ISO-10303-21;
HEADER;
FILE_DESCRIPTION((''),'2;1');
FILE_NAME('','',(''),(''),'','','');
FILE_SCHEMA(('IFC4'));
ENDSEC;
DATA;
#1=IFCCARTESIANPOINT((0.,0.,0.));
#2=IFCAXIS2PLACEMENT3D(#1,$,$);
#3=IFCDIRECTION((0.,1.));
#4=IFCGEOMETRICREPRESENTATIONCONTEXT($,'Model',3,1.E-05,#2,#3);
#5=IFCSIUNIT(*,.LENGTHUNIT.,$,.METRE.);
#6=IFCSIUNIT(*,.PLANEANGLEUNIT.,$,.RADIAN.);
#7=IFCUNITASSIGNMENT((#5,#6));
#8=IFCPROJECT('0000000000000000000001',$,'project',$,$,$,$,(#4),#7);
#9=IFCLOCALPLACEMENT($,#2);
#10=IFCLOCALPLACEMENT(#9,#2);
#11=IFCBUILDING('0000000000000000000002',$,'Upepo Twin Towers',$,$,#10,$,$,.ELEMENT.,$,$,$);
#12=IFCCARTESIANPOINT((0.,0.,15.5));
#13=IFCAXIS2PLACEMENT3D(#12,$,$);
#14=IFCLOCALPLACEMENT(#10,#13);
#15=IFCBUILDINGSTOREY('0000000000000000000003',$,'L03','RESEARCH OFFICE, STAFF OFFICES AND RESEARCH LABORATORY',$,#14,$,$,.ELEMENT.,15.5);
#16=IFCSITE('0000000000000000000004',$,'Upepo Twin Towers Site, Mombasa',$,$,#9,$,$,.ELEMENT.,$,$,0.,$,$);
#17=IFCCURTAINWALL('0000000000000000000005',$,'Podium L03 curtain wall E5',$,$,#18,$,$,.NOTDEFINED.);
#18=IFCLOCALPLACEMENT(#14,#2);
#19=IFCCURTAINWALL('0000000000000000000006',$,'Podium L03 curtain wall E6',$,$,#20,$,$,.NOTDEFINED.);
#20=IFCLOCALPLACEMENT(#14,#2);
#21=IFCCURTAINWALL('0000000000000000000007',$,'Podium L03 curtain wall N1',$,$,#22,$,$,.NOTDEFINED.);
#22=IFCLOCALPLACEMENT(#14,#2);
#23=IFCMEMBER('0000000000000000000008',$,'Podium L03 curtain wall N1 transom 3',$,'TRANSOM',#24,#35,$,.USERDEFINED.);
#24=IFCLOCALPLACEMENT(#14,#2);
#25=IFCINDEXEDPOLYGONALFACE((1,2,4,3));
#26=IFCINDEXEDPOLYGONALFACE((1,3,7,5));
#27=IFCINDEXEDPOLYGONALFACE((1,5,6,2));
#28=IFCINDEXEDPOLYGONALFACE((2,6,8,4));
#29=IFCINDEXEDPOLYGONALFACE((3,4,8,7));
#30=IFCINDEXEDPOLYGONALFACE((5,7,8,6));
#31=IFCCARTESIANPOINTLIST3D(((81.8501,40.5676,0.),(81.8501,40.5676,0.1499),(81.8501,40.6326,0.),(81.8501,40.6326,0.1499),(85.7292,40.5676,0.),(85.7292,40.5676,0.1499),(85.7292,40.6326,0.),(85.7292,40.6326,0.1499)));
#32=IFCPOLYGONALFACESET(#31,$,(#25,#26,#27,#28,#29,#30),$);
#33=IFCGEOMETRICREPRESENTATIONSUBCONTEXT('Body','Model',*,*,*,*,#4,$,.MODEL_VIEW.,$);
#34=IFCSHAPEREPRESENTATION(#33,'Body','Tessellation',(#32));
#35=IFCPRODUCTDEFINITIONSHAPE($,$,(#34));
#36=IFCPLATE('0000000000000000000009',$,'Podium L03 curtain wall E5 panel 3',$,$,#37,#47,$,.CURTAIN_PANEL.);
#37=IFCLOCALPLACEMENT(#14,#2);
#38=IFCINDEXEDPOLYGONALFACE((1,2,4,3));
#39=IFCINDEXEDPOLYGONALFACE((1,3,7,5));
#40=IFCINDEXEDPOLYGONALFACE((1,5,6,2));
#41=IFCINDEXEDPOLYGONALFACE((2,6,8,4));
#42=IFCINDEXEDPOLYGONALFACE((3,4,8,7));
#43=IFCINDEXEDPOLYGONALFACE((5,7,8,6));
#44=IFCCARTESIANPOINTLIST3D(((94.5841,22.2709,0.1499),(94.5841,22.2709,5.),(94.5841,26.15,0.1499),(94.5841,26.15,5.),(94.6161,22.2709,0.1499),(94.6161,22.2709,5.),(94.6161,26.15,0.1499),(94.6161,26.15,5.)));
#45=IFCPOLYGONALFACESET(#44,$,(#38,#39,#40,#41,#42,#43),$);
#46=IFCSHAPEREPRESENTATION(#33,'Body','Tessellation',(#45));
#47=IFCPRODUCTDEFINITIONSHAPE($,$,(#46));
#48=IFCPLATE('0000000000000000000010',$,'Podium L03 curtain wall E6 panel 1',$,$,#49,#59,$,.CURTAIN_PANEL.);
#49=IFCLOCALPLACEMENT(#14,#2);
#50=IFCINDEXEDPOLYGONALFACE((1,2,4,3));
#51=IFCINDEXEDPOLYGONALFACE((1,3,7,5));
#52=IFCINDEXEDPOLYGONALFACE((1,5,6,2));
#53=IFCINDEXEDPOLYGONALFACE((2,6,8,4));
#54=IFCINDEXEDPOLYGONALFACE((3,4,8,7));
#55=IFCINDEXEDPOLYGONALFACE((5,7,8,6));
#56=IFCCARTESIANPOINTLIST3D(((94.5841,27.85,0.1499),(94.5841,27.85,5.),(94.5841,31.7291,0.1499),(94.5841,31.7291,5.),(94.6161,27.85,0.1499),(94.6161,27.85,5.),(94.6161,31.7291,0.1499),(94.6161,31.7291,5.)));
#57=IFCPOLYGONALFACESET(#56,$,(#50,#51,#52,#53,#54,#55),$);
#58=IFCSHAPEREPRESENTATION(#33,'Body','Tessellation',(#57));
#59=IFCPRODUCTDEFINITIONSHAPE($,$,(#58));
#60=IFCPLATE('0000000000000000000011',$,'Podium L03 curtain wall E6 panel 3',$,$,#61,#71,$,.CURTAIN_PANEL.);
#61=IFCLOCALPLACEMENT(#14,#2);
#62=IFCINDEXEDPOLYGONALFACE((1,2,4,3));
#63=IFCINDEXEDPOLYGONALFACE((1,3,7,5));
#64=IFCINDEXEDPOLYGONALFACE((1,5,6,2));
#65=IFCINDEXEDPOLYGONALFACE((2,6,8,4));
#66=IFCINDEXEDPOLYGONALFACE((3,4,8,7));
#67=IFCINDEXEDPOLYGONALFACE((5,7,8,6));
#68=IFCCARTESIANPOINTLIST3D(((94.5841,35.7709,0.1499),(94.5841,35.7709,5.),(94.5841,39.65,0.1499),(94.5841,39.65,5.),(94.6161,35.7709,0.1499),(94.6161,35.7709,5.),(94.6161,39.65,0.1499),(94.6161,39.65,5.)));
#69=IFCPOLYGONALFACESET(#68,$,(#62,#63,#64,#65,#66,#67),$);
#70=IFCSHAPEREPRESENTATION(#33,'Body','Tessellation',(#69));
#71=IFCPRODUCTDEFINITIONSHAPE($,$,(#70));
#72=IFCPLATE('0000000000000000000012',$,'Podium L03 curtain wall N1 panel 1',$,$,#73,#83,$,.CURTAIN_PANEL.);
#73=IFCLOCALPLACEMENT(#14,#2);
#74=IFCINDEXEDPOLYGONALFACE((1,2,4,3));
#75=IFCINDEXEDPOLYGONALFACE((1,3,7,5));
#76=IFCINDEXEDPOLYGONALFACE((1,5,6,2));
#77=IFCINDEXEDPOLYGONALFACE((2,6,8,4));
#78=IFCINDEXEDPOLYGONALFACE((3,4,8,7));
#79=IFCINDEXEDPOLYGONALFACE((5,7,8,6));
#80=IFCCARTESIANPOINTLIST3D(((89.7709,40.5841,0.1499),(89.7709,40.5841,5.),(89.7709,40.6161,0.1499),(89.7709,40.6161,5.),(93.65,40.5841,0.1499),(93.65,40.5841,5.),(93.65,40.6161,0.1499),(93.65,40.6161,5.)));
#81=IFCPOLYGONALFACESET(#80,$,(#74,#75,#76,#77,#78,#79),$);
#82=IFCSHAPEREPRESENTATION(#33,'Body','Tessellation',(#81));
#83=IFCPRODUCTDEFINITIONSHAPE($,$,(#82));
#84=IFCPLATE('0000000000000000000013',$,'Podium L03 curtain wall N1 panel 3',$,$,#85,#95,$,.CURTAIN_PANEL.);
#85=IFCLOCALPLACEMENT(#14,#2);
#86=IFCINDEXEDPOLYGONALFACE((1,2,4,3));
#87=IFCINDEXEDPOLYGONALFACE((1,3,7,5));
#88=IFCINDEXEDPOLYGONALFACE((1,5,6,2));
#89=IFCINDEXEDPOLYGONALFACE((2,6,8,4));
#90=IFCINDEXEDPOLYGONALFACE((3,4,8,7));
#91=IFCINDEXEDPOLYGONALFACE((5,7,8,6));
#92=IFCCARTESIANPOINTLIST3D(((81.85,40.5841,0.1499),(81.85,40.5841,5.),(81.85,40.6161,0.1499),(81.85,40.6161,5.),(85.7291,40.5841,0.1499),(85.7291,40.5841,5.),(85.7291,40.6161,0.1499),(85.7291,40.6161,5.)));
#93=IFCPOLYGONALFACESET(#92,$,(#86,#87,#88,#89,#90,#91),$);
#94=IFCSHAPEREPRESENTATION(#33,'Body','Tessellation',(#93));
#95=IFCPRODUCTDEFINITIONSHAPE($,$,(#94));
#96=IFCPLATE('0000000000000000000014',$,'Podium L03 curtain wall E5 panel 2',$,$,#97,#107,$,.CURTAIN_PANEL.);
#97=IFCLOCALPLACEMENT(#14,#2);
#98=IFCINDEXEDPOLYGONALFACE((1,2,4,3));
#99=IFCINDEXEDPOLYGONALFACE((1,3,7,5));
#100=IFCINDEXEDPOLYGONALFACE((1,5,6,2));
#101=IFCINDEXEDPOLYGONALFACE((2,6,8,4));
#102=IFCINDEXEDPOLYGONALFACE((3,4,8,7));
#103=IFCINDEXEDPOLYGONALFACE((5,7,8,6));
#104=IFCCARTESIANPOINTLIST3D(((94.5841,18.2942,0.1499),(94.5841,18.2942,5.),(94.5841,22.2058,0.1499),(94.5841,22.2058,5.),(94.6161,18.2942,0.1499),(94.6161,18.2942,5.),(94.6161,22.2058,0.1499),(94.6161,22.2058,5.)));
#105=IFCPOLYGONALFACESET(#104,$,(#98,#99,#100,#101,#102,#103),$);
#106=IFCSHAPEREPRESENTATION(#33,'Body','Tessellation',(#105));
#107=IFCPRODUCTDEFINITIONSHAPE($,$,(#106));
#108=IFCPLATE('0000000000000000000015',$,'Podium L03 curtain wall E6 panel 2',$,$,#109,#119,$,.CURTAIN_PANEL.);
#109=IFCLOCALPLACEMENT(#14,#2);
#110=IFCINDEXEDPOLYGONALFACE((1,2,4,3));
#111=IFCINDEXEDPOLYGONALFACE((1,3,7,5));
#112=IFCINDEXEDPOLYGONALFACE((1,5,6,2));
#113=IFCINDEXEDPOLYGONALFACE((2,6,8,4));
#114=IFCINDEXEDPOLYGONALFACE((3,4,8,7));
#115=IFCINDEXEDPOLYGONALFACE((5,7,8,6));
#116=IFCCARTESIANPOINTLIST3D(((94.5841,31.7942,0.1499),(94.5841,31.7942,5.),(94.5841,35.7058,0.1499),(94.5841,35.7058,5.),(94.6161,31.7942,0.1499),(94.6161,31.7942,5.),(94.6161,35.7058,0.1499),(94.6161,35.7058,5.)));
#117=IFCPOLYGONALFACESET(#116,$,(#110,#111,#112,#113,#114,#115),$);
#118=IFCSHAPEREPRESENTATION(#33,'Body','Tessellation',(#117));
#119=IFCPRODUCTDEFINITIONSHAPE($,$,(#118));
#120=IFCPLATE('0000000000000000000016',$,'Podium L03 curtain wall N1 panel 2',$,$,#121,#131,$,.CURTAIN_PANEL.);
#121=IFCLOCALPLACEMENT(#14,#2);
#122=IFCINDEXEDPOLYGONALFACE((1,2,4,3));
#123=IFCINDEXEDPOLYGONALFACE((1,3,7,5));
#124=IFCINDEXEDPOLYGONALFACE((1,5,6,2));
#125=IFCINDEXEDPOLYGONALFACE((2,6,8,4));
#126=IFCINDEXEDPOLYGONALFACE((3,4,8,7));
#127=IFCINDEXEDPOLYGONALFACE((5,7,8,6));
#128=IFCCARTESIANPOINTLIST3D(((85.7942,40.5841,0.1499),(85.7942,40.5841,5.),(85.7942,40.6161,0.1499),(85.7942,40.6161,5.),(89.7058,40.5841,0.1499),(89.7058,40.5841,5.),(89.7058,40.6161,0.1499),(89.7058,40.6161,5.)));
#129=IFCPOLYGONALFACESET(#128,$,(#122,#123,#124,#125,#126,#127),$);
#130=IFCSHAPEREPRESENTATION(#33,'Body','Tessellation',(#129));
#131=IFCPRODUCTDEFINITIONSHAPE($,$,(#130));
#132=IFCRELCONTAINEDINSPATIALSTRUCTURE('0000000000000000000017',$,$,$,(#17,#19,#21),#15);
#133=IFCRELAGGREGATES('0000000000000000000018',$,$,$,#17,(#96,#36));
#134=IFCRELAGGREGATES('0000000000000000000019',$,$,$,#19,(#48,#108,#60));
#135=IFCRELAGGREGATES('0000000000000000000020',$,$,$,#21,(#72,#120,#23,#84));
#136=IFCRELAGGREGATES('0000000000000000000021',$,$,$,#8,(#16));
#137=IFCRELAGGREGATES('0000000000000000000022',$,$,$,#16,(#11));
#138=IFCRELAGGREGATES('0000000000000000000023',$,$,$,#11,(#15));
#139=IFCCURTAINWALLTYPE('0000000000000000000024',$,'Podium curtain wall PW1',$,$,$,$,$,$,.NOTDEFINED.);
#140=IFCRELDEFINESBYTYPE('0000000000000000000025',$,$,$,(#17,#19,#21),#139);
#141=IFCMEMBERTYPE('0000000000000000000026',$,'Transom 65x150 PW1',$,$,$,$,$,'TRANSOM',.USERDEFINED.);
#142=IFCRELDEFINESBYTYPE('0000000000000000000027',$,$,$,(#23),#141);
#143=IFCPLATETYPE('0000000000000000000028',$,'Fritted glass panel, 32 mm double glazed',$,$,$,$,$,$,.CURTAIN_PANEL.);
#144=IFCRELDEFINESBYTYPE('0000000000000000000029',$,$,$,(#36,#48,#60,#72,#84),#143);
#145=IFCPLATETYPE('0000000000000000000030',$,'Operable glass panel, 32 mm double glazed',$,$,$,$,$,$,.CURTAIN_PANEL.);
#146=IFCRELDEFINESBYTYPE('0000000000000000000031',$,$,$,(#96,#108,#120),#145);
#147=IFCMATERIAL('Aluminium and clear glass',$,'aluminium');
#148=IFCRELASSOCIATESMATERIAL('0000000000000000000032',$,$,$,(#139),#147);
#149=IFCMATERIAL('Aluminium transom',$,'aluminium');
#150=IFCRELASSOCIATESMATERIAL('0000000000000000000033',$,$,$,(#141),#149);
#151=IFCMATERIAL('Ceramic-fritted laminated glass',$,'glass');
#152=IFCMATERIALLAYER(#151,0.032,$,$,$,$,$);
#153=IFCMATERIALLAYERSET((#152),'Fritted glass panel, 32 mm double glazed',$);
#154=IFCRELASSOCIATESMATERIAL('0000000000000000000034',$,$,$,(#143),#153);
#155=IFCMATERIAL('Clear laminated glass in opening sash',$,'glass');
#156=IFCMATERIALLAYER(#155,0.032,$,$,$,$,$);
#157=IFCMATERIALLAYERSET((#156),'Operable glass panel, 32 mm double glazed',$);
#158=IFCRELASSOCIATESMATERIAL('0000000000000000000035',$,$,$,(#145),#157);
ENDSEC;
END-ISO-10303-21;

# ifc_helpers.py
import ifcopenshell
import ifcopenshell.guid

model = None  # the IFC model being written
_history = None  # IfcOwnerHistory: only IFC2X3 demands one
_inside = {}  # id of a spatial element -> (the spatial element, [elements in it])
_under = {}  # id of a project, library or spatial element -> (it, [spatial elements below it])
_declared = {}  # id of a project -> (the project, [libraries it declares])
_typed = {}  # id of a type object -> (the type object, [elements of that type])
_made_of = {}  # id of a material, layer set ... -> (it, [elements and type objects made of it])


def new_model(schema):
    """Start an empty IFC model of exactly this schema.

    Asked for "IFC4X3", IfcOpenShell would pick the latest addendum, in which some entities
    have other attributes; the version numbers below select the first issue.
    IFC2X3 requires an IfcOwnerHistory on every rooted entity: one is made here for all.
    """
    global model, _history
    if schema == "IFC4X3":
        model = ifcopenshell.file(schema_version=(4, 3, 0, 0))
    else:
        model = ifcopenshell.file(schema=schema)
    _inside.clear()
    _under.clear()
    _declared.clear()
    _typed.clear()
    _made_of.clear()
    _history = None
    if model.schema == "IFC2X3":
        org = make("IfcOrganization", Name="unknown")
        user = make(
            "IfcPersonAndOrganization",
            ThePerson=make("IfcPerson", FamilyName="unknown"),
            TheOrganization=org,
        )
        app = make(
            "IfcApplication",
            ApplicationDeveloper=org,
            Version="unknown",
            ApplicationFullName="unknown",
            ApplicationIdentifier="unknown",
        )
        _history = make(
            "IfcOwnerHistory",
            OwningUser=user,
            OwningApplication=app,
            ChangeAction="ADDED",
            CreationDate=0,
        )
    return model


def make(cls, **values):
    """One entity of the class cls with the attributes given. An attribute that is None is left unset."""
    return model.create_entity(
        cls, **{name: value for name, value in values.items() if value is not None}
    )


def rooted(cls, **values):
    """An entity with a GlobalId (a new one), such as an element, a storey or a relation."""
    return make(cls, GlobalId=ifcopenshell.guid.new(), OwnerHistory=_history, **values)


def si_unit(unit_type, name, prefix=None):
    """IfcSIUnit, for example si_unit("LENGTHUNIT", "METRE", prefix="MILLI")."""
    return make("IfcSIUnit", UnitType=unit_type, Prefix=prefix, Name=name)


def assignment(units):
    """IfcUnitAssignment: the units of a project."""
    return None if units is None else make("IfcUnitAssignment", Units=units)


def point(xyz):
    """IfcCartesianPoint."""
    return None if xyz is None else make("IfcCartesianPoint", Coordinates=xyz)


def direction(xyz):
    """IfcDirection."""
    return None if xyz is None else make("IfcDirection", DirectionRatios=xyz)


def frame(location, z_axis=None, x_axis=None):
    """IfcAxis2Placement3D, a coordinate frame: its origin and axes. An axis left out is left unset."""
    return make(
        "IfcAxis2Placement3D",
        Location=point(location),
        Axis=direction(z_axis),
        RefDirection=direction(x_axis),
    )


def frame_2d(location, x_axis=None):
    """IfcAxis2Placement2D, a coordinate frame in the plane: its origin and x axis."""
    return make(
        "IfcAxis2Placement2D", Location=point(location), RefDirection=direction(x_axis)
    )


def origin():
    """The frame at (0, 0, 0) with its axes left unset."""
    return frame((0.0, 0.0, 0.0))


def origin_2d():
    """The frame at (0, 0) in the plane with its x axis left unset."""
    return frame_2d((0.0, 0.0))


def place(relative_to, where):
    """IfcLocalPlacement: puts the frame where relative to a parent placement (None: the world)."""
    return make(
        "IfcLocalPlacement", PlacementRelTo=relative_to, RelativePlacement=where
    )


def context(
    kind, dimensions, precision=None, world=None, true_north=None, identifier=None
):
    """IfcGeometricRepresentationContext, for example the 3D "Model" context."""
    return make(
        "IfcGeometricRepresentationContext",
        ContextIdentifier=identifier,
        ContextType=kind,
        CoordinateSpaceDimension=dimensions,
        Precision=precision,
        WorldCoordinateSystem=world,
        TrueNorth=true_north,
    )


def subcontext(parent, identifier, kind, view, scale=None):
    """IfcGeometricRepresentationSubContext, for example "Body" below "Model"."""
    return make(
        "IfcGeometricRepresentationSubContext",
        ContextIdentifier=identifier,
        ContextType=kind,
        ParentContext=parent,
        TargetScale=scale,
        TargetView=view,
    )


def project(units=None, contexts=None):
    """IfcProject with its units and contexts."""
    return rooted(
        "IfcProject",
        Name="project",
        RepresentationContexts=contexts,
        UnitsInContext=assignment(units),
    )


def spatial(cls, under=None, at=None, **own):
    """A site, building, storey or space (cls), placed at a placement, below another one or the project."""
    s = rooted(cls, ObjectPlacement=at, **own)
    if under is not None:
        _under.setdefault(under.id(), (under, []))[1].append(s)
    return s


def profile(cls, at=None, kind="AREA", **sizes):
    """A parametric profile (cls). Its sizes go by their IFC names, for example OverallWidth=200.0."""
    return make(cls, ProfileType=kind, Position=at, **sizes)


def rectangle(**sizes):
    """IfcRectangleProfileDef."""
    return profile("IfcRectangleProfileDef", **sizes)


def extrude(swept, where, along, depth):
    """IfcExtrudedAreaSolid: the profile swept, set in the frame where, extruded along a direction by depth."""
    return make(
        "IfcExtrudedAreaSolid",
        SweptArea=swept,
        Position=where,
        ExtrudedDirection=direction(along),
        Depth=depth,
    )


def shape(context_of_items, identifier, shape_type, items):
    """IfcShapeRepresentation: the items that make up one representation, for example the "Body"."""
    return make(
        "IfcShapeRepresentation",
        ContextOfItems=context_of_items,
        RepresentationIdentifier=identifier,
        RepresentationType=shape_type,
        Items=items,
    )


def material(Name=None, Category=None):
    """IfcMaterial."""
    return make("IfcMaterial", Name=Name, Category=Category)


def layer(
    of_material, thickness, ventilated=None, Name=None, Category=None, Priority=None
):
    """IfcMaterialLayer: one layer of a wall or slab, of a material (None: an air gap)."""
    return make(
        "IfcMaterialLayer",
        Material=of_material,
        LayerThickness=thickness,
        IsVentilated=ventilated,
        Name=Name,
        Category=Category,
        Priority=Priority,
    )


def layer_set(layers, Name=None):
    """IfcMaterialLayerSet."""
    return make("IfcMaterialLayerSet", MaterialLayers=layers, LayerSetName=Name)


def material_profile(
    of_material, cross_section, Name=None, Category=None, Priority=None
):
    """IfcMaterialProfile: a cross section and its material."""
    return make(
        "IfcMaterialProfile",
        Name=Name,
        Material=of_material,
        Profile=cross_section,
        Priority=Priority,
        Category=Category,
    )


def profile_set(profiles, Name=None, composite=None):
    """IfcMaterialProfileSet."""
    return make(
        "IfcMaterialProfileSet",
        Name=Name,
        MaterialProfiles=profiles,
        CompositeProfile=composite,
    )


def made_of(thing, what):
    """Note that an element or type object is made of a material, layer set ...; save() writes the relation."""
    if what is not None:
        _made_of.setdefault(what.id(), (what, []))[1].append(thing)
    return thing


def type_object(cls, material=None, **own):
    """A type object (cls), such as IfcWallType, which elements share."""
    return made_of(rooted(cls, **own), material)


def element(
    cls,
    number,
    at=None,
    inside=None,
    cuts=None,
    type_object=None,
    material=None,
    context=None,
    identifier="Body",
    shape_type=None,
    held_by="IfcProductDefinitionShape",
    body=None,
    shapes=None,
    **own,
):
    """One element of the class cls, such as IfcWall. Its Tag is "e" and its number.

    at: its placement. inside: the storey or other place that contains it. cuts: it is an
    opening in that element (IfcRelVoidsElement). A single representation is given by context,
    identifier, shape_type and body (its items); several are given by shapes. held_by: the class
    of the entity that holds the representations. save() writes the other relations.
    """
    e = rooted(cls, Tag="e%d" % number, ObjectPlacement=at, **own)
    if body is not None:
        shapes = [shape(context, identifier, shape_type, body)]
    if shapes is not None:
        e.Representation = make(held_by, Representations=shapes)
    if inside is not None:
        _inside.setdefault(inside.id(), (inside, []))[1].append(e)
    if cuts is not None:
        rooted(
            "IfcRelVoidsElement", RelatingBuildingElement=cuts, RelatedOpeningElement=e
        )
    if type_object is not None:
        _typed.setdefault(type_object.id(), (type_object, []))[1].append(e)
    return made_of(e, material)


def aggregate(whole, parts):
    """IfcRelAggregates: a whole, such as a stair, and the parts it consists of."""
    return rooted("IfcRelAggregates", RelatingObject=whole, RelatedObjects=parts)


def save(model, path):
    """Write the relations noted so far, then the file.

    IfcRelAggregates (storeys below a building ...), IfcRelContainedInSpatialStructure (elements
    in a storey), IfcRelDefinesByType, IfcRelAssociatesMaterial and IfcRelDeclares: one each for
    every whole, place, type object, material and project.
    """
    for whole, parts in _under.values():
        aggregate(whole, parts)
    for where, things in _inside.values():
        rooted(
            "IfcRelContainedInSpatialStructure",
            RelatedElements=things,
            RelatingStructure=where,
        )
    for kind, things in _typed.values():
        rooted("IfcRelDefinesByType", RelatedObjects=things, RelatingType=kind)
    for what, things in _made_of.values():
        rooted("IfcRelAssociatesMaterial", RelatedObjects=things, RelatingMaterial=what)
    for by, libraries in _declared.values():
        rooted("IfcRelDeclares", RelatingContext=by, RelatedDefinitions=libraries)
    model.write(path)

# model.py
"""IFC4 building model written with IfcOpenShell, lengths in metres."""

from ifc_helpers import new_model, si_unit, direction, frame, origin, origin_2d, place, context, subcontext, project, spatial, rectangle, extrude, material, layer, layer_set, material_profile, profile_set, type_object, element, aggregate, save


model = new_model("IFC4")

# Units and contexts
model_context = context("Model", 3, precision=1e-05, world=origin(), true_north=direction((0.0, 1.0)))
body_context = subcontext(model_context, "Body", "Model", "MODEL_VIEW")
ifc_project = project(units=[si_unit("LENGTHUNIT", "METRE"), si_unit("PLANEANGLEUNIT", "RADIAN")], contexts=[model_context])

# Site, building, storey
site_placement = place(None, origin())
site = spatial("IfcSite", under=ifc_project, at=site_placement, Name="Upepo Twin Towers Site, Mombasa", CompositionType="ELEMENT", RefElevation=0.0)
building_placement = place(site_placement, origin())
building = spatial("IfcBuilding", under=site, at=building_placement, Name="Upepo Twin Towers", CompositionType="ELEMENT")
storey_placement = place(building_placement, frame((0.0, 0.0, 15.5)))
storey = spatial("IfcBuildingStorey", under=building, at=storey_placement, Name="L03", Description="RESEARCH OFFICE, STAFF OFFICES AND RESEARCH LABORATORY", CompositionType="ELEMENT", Elevation=15.5)

# Curtain walls
ifc_material_1 = material(Name="Aluminium and clear glass", Category="aluminium")
curtain_wall_type = type_object("IfcCurtainWallType", Name="Podium curtain wall PW1", PredefinedType="NOTDEFINED", material=ifc_material_1)
curtain_wall_1_placement = place(storey_placement, origin())
curtain_wall_1 = element("IfcCurtainWall", 1, at=curtain_wall_1_placement, inside=storey, type_object=curtain_wall_type, Name="Podium L03 curtain wall E5", PredefinedType="NOTDEFINED")
curtain_wall_2_placement = place(storey_placement, origin())
curtain_wall_2 = element("IfcCurtainWall", 2, at=curtain_wall_2_placement, inside=storey, type_object=curtain_wall_type, Name="Podium L03 curtain wall E6", PredefinedType="NOTDEFINED")
curtain_wall_3_placement = place(storey_placement, origin())
curtain_wall_3 = element("IfcCurtainWall", 3, at=curtain_wall_3_placement, inside=storey, type_object=curtain_wall_type, Name="Podium L03 curtain wall N1", PredefinedType="NOTDEFINED")

# Member
ifc_material_2 = material(Name="Aluminium transom", Category="aluminium")
ifc_material_profile_1 = material_profile(ifc_material_2, rectangle(XDim=0.0649, YDim=0.1499, at=origin_2d()), Name="TRANSOM 65x150 PODIUM")
ifc_profile_set_1 = profile_set([ifc_material_profile_1], Name="Aluminium transom")
member_type_1 = type_object("IfcMemberType", Name="Transom 65x150 PW1", ElementType="TRANSOM", PredefinedType="USERDEFINED", material=ifc_profile_set_1)
member_1_placement = place(storey_placement, frame((85.7292, 40.6001, 0.075), z_axis=(-1.0, 0.0, 0.0), x_axis=(0.0, -1.0, 0.0)))
member_1 = element("IfcMember", 4, at=member_1_placement, type_object=member_type_1, Name="Podium L03 curtain wall N1 transom 3", ObjectType="TRANSOM", PredefinedType="USERDEFINED", context=body_context, shape_type="SweptSolid", body=[
    extrude(rectangle(XDim=0.0649, YDim=0.1499, at=origin_2d()), origin(), (0.0, 0.0, 1.0), 3.8792),
])

# Plates
ifc_material_3 = material(Name="Ceramic-fritted laminated glass", Category="glass")
ifc_layer_1 = layer(ifc_material_3, 0.032)
ifc_layer_set_1 = layer_set([ifc_layer_1], Name="Fritted glass panel, 32 mm double glazed")
plate_type_1 = type_object("IfcPlateType", Name="Fritted glass panel, 32 mm double glazed", PredefinedType="CURTAIN_PANEL", material=ifc_layer_set_1)
plate_1_placement = place(storey_placement, frame((94.6001, 24.2104, 0.1499), z_axis=(0.0, 0.0, 1.0), x_axis=(0.0, 1.0, 0.0)))
plate_1 = element("IfcPlate", 5, at=plate_1_placement, type_object=plate_type_1, Name="Podium L03 curtain wall E5 panel 3", PredefinedType="CURTAIN_PANEL", context=body_context, shape_type="SweptSolid", body=[
    extrude(rectangle(XDim=3.8792, YDim=0.032, at=origin_2d()), origin(), (0.0, 0.0, 1.0), 4.8501),
])
plate_2_placement = place(storey_placement, frame((94.6001, 29.7896, 0.1499), z_axis=(0.0, 0.0, 1.0), x_axis=(0.0, 1.0, 0.0)))
plate_2 = element("IfcPlate", 6, at=plate_2_placement, type_object=plate_type_1, Name="Podium L03 curtain wall E6 panel 1", PredefinedType="CURTAIN_PANEL", context=body_context, shape_type="SweptSolid", body=[
    extrude(rectangle(XDim=3.8792, YDim=0.032, at=origin_2d()), origin(), (0.0, 0.0, 1.0), 4.8501),
])
plate_3_placement = place(storey_placement, frame((94.6001, 37.7104, 0.1499), z_axis=(0.0, 0.0, 1.0), x_axis=(0.0, 1.0, 0.0)))
plate_3 = element("IfcPlate", 7, at=plate_3_placement, type_object=plate_type_1, Name="Podium L03 curtain wall E6 panel 3", PredefinedType="CURTAIN_PANEL", context=body_context, shape_type="SweptSolid", body=[
    extrude(rectangle(XDim=3.8792, YDim=0.032, at=origin_2d()), origin(), (0.0, 0.0, 1.0), 4.8501),
])
plate_4_placement = place(storey_placement, frame((91.7104, 40.6001, 0.1499), z_axis=(0.0, 0.0, 1.0), x_axis=(-1.0, 0.0, 0.0)))
plate_4 = element("IfcPlate", 8, at=plate_4_placement, type_object=plate_type_1, Name="Podium L03 curtain wall N1 panel 1", PredefinedType="CURTAIN_PANEL", context=body_context, shape_type="SweptSolid", body=[
    extrude(rectangle(XDim=3.8792, YDim=0.032, at=origin_2d()), origin(), (0.0, 0.0, 1.0), 4.8501),
])
plate_5_placement = place(storey_placement, frame((83.7896, 40.6001, 0.1499), z_axis=(0.0, 0.0, 1.0), x_axis=(-1.0, 0.0, 0.0)))
plate_5 = element("IfcPlate", 9, at=plate_5_placement, type_object=plate_type_1, Name="Podium L03 curtain wall N1 panel 3", PredefinedType="CURTAIN_PANEL", context=body_context, shape_type="SweptSolid", body=[
    extrude(rectangle(XDim=3.8792, YDim=0.032, at=origin_2d()), origin(), (0.0, 0.0, 1.0), 4.8501),
])
ifc_material_4 = material(Name="Clear laminated glass in opening sash", Category="glass")
ifc_layer_2 = layer(ifc_material_4, 0.032)
ifc_layer_set_2 = layer_set([ifc_layer_2], Name="Operable glass panel, 32 mm double glazed")
plate_type_2 = type_object("IfcPlateType", Name="Operable glass panel, 32 mm double glazed", PredefinedType="CURTAIN_PANEL", material=ifc_layer_set_2)
plate_6_placement = place(storey_placement, frame((94.6001, 20.25, 0.1499), z_axis=(0.0, 0.0, 1.0), x_axis=(0.0, 1.0, 0.0)))
plate_6 = element("IfcPlate", 10, at=plate_6_placement, type_object=plate_type_2, Name="Podium L03 curtain wall E5 panel 2", PredefinedType="CURTAIN_PANEL", context=body_context, shape_type="SweptSolid", body=[
    extrude(rectangle(XDim=3.9116, YDim=0.032, at=origin_2d()), origin(), (0.0, 0.0, 1.0), 4.8501),
])
aggregate(curtain_wall_1, [plate_6, plate_1])
plate_7_placement = place(storey_placement, frame((94.6001, 33.75, 0.1499), z_axis=(0.0, 0.0, 1.0), x_axis=(0.0, 1.0, 0.0)))
plate_7 = element("IfcPlate", 11, at=plate_7_placement, type_object=plate_type_2, Name="Podium L03 curtain wall E6 panel 2", PredefinedType="CURTAIN_PANEL", context=body_context, shape_type="SweptSolid", body=[
    extrude(rectangle(XDim=3.9116, YDim=0.032, at=origin_2d()), origin(), (0.0, 0.0, 1.0), 4.8501),
])
aggregate(curtain_wall_2, [plate_2, plate_7, plate_3])
plate_8_placement = place(storey_placement, frame((87.75, 40.6001, 0.1499), z_axis=(0.0, 0.0, 1.0), x_axis=(-1.0, 0.0, 0.0)))
plate_8 = element("IfcPlate", 12, at=plate_8_placement, type_object=plate_type_2, Name="Podium L03 curtain wall N1 panel 2", PredefinedType="CURTAIN_PANEL", context=body_context, shape_type="SweptSolid", body=[
    extrude(rectangle(XDim=3.9116, YDim=0.032, at=origin_2d()), origin(), (0.0, 0.0, 1.0), 4.8501),
])
aggregate(curtain_wall_3, [plate_4, plate_8, member_1, plate_5])

save(model, "model.ifc")
